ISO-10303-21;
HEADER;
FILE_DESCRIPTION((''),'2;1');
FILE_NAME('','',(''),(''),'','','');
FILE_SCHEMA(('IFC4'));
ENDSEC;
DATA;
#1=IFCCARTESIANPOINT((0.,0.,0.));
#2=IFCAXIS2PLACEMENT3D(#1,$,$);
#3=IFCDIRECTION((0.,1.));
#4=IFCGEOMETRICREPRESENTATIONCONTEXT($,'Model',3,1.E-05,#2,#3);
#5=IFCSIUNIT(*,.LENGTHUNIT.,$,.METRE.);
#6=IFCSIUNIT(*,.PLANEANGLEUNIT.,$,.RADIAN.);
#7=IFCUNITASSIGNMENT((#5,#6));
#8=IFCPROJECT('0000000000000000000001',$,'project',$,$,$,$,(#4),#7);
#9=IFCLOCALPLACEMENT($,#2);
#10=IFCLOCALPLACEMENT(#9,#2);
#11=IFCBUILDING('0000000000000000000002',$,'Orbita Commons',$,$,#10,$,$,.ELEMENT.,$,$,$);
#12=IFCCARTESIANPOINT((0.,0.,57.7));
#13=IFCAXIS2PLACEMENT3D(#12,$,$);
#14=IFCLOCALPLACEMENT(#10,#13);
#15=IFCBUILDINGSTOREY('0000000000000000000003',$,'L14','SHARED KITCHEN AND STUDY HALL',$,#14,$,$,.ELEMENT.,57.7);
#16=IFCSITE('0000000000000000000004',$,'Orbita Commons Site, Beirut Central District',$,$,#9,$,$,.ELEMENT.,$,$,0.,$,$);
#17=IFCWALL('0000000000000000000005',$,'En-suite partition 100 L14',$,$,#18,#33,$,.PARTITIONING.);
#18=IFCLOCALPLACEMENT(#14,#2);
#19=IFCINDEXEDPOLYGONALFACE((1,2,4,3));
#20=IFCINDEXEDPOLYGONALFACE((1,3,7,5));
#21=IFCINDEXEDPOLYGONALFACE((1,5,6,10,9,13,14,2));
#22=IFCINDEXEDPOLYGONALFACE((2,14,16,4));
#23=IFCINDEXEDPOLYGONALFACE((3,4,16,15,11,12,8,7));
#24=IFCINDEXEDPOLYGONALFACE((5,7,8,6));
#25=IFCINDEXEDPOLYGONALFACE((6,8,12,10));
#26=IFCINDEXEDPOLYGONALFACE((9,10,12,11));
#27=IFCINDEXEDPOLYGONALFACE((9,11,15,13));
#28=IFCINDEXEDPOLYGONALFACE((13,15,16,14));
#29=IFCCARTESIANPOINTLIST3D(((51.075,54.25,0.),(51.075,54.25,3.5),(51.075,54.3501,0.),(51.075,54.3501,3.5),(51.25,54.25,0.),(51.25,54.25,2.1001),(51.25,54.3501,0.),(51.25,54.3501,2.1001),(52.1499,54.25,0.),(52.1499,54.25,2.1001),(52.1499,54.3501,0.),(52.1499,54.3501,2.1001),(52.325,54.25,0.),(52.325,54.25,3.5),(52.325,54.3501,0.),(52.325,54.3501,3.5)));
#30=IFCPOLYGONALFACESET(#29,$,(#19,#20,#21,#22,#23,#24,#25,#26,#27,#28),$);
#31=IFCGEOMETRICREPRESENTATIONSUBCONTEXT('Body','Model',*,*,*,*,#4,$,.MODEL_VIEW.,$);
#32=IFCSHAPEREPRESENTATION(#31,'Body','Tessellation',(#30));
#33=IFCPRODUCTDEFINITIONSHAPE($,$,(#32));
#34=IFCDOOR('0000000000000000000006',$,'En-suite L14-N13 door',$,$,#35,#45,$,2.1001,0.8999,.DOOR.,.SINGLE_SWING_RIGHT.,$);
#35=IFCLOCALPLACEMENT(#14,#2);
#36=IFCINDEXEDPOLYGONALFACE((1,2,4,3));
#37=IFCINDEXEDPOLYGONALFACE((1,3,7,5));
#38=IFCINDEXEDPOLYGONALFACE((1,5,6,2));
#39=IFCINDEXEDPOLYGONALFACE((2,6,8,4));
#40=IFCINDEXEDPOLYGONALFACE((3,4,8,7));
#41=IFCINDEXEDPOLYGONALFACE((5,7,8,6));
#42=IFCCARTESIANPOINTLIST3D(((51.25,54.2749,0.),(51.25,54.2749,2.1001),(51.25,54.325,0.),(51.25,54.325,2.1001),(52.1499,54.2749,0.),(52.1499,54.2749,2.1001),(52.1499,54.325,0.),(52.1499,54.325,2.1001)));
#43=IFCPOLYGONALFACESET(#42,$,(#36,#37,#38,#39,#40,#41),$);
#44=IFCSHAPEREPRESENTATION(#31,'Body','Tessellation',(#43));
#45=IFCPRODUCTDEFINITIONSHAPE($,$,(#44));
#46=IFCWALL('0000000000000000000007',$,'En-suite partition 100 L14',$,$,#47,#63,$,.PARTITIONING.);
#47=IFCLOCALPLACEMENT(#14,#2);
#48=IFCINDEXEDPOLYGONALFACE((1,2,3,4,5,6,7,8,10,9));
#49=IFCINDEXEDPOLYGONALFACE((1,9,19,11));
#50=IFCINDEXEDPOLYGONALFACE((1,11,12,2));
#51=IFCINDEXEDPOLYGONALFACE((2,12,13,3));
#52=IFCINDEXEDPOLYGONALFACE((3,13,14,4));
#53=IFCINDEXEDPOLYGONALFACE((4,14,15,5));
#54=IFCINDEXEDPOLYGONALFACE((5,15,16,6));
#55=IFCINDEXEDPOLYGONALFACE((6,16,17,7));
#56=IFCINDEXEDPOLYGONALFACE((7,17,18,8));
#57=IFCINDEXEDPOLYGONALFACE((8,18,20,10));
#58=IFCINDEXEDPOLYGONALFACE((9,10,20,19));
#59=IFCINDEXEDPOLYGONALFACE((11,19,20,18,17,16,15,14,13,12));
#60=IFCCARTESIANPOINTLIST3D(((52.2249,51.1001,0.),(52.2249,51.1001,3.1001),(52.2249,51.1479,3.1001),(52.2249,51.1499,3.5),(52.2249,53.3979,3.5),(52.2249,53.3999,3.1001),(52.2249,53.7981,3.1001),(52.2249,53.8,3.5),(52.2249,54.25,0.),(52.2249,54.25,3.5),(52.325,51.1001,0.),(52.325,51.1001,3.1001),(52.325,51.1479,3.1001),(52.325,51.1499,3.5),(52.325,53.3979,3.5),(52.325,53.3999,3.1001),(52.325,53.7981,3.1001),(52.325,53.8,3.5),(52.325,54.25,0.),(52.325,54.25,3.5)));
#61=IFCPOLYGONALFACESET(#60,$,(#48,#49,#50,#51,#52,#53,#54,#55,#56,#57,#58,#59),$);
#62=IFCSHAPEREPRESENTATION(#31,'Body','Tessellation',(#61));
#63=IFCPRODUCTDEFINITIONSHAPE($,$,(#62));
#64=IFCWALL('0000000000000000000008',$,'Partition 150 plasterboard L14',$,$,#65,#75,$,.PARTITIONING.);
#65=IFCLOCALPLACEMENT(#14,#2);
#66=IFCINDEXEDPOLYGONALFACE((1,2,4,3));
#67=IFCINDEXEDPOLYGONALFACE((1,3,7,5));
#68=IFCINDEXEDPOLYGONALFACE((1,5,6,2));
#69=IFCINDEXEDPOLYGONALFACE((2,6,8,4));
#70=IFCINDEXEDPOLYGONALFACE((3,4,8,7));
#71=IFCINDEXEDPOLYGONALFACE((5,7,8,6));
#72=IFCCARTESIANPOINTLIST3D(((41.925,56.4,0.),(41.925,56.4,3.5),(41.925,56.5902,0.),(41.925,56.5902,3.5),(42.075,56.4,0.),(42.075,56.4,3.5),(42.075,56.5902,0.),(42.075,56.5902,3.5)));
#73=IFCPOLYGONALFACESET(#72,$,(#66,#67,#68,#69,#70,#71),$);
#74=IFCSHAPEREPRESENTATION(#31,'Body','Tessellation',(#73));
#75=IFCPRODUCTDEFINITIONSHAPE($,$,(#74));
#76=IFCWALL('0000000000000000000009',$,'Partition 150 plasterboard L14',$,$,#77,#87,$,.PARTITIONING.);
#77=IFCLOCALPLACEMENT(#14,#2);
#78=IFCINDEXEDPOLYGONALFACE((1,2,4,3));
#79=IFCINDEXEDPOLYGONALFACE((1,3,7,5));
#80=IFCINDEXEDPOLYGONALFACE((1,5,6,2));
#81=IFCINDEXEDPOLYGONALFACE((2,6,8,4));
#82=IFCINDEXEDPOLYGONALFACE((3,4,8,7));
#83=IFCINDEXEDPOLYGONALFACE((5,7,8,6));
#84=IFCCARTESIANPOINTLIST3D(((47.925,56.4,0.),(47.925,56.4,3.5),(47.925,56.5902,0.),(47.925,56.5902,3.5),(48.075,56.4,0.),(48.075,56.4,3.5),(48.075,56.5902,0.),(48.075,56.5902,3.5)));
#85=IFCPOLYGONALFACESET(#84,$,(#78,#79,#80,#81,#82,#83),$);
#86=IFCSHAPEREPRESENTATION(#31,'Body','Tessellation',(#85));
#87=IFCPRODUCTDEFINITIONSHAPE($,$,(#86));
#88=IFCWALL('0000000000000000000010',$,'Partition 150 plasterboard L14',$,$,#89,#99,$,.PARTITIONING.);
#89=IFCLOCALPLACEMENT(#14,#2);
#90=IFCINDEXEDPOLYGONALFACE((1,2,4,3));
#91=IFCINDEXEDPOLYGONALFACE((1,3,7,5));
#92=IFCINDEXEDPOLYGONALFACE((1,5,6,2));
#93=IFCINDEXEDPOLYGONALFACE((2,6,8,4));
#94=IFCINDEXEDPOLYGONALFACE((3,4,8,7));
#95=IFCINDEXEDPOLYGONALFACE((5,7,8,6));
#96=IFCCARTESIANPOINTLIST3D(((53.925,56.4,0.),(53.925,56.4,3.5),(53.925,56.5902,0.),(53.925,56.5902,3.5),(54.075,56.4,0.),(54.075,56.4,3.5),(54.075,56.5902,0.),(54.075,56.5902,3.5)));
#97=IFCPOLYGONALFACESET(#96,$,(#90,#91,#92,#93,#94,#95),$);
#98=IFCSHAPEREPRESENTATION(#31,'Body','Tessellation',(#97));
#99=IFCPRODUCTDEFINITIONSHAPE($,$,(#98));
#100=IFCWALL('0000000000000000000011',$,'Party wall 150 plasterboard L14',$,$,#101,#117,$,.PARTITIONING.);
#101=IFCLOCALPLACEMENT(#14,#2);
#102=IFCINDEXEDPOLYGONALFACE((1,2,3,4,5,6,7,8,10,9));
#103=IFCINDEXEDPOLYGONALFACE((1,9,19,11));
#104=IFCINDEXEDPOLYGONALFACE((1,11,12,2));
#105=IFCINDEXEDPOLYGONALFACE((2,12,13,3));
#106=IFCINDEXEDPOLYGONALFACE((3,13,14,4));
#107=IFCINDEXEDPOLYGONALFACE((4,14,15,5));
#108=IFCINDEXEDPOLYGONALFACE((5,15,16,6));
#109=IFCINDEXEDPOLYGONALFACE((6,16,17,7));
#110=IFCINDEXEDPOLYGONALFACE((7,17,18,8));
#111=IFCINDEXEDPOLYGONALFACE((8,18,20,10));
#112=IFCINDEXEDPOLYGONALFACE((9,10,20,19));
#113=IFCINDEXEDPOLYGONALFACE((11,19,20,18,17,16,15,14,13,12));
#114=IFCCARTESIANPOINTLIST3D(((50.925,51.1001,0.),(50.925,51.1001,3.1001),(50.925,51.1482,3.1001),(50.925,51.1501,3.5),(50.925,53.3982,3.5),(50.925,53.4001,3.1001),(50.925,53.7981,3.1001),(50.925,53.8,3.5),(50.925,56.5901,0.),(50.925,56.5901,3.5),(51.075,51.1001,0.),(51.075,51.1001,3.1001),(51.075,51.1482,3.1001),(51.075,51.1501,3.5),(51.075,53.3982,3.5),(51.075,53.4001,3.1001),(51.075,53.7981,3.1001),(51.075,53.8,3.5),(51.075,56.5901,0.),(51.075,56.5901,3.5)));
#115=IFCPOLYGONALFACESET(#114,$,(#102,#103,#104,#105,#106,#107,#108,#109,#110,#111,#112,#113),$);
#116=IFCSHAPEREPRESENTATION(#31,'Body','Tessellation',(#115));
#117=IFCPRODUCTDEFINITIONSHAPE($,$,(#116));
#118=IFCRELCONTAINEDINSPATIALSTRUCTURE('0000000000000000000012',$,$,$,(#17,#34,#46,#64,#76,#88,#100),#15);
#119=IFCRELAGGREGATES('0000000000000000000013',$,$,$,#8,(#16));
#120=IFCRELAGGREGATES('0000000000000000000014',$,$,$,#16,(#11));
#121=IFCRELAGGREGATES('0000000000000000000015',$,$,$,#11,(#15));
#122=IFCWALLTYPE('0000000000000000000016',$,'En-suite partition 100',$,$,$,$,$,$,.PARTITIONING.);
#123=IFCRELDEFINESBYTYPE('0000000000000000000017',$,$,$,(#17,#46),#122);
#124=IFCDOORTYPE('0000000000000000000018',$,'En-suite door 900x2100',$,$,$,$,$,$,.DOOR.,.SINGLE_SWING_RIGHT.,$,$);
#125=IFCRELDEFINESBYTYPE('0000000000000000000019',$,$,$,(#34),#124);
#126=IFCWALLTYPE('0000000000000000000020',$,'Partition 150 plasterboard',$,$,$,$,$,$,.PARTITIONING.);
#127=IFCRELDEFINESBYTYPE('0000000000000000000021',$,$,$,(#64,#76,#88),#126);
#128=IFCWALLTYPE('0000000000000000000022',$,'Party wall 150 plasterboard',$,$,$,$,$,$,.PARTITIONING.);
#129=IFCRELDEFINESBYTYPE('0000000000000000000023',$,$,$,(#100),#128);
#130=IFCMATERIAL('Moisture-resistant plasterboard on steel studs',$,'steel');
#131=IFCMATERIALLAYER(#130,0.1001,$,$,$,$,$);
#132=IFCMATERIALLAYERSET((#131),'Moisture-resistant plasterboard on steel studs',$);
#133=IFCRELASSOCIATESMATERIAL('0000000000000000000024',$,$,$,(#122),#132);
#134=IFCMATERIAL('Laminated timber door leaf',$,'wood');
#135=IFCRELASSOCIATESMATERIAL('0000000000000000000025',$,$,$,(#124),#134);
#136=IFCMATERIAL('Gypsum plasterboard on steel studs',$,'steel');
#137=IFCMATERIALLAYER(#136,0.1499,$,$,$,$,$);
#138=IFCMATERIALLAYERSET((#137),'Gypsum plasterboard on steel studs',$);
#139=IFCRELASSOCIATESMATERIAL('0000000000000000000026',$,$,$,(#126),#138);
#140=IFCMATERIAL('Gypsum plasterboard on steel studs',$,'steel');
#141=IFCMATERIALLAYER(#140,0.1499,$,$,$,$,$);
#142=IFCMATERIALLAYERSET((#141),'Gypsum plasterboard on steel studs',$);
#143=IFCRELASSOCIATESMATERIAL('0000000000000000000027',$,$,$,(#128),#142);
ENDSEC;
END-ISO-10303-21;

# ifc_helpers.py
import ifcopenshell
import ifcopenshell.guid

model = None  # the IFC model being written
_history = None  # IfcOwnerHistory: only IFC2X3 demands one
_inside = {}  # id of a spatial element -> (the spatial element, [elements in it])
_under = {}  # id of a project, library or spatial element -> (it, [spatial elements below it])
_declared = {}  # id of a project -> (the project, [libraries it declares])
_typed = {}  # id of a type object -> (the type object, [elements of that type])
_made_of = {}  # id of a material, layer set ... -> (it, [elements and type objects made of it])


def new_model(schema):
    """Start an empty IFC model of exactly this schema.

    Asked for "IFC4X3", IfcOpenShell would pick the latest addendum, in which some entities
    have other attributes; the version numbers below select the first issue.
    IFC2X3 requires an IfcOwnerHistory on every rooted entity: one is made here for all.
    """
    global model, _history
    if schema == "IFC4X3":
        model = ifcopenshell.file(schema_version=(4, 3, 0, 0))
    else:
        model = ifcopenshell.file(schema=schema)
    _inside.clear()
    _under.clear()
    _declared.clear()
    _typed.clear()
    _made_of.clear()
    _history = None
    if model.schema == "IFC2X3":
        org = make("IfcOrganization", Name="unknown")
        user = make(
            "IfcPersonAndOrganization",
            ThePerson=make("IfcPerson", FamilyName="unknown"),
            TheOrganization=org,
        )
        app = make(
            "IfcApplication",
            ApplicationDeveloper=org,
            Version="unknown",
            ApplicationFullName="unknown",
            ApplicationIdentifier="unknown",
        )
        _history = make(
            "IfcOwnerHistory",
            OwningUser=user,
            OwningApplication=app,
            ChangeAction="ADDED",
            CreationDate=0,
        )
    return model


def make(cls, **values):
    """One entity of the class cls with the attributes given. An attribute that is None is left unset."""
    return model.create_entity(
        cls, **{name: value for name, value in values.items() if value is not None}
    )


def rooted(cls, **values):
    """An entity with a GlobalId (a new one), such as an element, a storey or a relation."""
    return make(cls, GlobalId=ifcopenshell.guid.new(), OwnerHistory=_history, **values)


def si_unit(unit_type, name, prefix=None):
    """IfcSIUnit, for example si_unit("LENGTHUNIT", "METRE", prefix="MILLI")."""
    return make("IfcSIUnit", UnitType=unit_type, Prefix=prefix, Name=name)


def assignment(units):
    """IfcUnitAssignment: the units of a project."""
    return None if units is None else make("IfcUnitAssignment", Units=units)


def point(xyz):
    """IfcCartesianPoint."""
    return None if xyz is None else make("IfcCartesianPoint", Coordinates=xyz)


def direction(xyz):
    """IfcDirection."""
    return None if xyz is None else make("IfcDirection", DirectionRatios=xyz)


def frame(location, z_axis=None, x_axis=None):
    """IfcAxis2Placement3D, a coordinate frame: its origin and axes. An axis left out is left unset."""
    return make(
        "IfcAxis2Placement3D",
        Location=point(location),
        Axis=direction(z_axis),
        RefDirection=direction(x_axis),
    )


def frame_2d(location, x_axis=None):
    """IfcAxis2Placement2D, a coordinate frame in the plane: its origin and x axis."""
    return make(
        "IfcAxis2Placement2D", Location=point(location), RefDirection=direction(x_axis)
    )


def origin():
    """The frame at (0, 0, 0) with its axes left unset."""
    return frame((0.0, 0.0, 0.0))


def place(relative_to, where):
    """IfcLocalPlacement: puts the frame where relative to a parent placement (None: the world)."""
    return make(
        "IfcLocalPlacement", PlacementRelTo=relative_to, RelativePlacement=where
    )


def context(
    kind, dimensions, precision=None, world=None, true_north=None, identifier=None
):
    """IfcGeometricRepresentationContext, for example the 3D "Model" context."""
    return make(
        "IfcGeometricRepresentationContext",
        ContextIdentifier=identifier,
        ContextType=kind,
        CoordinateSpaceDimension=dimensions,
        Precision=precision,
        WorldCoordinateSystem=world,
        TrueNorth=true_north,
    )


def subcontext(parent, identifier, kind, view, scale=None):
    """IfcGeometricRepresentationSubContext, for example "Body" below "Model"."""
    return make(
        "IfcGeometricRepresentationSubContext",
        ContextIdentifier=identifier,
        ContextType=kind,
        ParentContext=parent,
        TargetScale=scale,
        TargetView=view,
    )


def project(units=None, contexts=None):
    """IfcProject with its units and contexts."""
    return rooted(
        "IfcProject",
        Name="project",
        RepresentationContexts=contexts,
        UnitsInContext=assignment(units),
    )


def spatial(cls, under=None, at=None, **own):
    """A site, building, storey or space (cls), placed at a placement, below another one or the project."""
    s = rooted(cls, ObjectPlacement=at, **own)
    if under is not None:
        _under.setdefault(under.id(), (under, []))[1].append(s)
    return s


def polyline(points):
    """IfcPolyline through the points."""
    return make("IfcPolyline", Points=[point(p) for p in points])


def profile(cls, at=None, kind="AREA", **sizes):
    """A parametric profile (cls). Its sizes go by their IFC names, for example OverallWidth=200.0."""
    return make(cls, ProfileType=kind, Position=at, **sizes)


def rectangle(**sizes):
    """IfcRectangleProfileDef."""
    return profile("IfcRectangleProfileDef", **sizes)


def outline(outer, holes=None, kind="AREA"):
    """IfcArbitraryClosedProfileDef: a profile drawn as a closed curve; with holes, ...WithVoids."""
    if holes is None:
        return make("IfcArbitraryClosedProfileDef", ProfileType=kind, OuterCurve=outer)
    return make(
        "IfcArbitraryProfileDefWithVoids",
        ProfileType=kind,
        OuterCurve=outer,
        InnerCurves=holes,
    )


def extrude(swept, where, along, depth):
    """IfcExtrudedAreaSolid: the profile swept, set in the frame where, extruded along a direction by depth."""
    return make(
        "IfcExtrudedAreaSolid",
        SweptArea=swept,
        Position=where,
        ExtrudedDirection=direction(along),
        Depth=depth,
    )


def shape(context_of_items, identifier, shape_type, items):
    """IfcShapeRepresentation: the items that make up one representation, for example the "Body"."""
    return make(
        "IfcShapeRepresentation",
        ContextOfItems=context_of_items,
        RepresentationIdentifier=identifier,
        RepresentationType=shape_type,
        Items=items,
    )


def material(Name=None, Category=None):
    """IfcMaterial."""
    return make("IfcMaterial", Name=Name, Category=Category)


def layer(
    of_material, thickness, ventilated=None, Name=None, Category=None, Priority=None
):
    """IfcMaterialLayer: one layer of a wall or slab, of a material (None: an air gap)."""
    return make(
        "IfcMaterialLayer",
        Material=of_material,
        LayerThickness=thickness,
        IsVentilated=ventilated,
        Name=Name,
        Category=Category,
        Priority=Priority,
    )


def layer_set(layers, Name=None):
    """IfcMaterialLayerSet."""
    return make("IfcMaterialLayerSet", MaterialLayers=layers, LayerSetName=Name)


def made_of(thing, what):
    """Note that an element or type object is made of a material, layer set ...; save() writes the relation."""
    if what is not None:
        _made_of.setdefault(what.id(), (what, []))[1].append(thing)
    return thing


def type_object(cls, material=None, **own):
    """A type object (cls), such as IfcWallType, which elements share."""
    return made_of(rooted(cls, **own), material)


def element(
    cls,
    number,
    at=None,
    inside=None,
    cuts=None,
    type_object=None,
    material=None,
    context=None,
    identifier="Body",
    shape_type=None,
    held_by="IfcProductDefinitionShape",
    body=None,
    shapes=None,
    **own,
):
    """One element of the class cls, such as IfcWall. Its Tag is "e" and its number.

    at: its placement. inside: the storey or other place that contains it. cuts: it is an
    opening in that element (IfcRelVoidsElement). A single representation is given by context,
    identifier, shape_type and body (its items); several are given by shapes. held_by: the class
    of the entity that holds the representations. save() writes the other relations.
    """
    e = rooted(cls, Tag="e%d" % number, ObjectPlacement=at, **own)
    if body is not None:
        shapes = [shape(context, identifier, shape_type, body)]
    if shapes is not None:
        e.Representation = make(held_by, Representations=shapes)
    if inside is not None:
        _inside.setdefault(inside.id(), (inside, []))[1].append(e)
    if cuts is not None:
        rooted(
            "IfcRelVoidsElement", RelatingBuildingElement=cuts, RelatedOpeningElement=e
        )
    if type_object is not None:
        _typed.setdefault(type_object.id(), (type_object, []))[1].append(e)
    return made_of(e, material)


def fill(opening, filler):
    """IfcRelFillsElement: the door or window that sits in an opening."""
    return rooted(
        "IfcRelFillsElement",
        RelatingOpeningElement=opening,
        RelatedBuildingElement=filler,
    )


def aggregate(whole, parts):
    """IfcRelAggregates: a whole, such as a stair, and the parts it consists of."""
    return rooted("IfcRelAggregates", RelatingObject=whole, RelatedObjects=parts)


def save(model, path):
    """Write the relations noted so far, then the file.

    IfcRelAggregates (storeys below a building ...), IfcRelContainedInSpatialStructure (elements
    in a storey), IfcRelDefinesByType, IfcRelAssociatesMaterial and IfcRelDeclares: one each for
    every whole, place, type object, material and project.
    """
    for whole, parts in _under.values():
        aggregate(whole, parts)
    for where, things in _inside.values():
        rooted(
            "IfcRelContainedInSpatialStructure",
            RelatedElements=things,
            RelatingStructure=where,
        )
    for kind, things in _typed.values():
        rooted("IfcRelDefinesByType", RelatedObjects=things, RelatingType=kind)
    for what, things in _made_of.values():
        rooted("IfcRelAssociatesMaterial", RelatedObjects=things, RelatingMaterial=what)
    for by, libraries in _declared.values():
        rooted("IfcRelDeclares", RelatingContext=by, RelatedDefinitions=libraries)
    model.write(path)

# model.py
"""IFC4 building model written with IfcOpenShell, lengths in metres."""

from ifc_helpers import new_model, si_unit, direction, frame, frame_2d, origin, place, context, subcontext, project, spatial, polyline, rectangle, outline, extrude, material, layer, layer_set, type_object, element, fill, save


model = new_model("IFC4")

# Units and contexts
model_context = context("Model", 3, precision=1e-05, world=origin(), true_north=direction((0.0, 1.0)))
body_context = subcontext(model_context, "Body", "Model", "MODEL_VIEW")
ifc_project = project(units=[si_unit("LENGTHUNIT", "METRE"), si_unit("PLANEANGLEUNIT", "RADIAN")], contexts=[model_context])

# Site, building, storey
site_placement = place(None, origin())
site = spatial("IfcSite", under=ifc_project, at=site_placement, Name="Orbita Commons Site, Beirut Central District", CompositionType="ELEMENT", RefElevation=0.0)
building_placement = place(site_placement, origin())
building = spatial("IfcBuilding", under=site, at=building_placement, Name="Orbita Commons", CompositionType="ELEMENT")
storey_placement = place(building_placement, frame((0.0, 0.0, 57.7)))
storey = spatial("IfcBuildingStorey", under=building, at=storey_placement, Name="L14", Description="SHARED KITCHEN AND STUDY HALL", CompositionType="ELEMENT", Elevation=57.7)

# Wall, opening, door
ifc_material_1 = material(Name="Moisture-resistant plasterboard on steel studs", Category="steel")
ifc_layer_1 = layer(ifc_material_1, 0.1001)
ifc_layer_set_1 = layer_set([ifc_layer_1], Name="Moisture-resistant plasterboard on steel studs")
wall_type_1 = type_object("IfcWallType", Name="En-suite partition 100", PredefinedType="PARTITIONING", material=ifc_layer_set_1)
ifc_material_2 = material(Name="Laminated timber door leaf", Category="wood")
door_type = type_object("IfcDoorType", Name="En-suite door 900x2100", OperationType="SINGLE_SWING_RIGHT", PredefinedType="DOOR", material=ifc_material_2)
wall_1_placement = place(storey_placement, frame((51.075, 54.3, 0.0), z_axis=(0.0, 0.0, 1.0), x_axis=(1.0, 0.0, 0.0)))
wall_1 = element("IfcWall", 1, at=wall_1_placement, inside=storey, type_object=wall_type_1, Name="En-suite partition 100 L14", PredefinedType="PARTITIONING", context=body_context, shape_type="SweptSolid", body=[
    extrude(rectangle(XDim=1.25, YDim=0.1001, at=frame_2d((0.625, 0.0))), origin(), (0.0, 0.0, 1.0), 3.5),
])
opening_1_placement = place(wall_1_placement, frame((0.175, 0.0, 0.0)))
opening_1 = element("IfcOpeningElement", 2, at=opening_1_placement, cuts=wall_1, PredefinedType="OPENING", context=body_context, shape_type="SweptSolid", body=[
    extrude(rectangle(XDim=0.8999, YDim=2.1001, at=frame_2d((0.45, 1.05))), frame((0.0, 0.0601, 0.0), z_axis=(0.0, -1.0, 0.0), x_axis=(1.0, 0.0, 0.0)), (0.0, 0.0, 1.0), 0.1201),
])
door_1_placement = place(opening_1_placement, origin())
door_1 = element("IfcDoor", 3, at=door_1_placement, inside=storey, type_object=door_type, Name="En-suite L14-N13 door", OperationType="SINGLE_SWING_RIGHT", OverallHeight=2.1001, OverallWidth=0.8999, PredefinedType="DOOR", context=body_context, shape_type="SweptSolid", body=[
    extrude(rectangle(XDim=0.8999, YDim=2.1001, at=frame_2d((0.45, 1.05))), frame((0.0, 0.0249, 0.0), z_axis=(0.0, -1.0, 0.0), x_axis=(1.0, 0.0, 0.0)), (0.0, 0.0, 1.0), 0.05),
])
fill(opening_1, door_1)

# Walls
wall_2_placement = place(storey_placement, frame((52.2749, 54.25, 0.0), z_axis=(0.0, 0.0, 1.0), x_axis=(0.0, -1.0, 0.0)))
element("IfcWall", 4, at=wall_2_placement, inside=storey, type_object=wall_type_1, Name="En-suite partition 100 L14", PredefinedType="PARTITIONING", context=body_context, shape_type="SweptSolid", body=[
    extrude(outline(polyline([(0.0, 0.0), (3.1499, 0.0), (3.1499, 3.1001), (3.1021, 3.1001), (3.1001, 3.5), (0.8521, 3.5), (0.8501, 3.1001), (0.4519, 3.1001), (0.45, 3.5), (0.0, 3.5), (0.0, 0.0)])), frame((0.0, 0.05, 0.0), z_axis=(0.0, -1.0, 0.0), x_axis=(1.0, 0.0, 0.0)), (0.0, 0.0, 1.0), 0.1001),
])
ifc_material_3 = material(Name="Gypsum plasterboard on steel studs", Category="steel")
ifc_layer_2 = layer(ifc_material_3, 0.1499)
ifc_layer_set_2 = layer_set([ifc_layer_2], Name="Gypsum plasterboard on steel studs")
wall_type_2 = type_object("IfcWallType", Name="Partition 150 plasterboard", PredefinedType="PARTITIONING", material=ifc_layer_set_2)
for number, where, z_axis, x_axis, name in (
    (5, (42.0, 56.3999, 0.0), (0.0, 0.0, 1.0), (0.0, 1.0, 0.0), "Partition 150 plasterboard L14"),
    (6, (48.0, 56.3999, 0.0), (0.0, 0.0, 1.0), (0.0, 1.0, 0.0), "Partition 150 plasterboard L14"),
    (7, (54.0, 56.3999, 0.0), (0.0, 0.0, 1.0), (0.0, 1.0, 0.0), "Partition 150 plasterboard L14"),
):
    element("IfcWall", number, at=place(storey_placement, frame(where, z_axis=z_axis, x_axis=x_axis)), inside=storey, type_object=wall_type_2, Name=name, PredefinedType="PARTITIONING", context=body_context, shape_type="SweptSolid", body=[
        extrude(rectangle(XDim=0.1902, YDim=0.1499, at=frame_2d((0.0952, 0.0))), origin(), (0.0, 0.0, 1.0), 3.5),
    ])
ifc_material_4 = material(Name="Gypsum plasterboard on steel studs", Category="steel")
ifc_layer_3 = layer(ifc_material_4, 0.1499)
ifc_layer_set_3 = layer_set([ifc_layer_3], Name="Gypsum plasterboard on steel studs")
wall_type_3 = type_object("IfcWallType", Name="Party wall 150 plasterboard", PredefinedType="PARTITIONING", material=ifc_layer_set_3)
wall_3_placement = place(storey_placement, frame((51.0, 56.5901, 0.0), z_axis=(0.0, 0.0, 1.0), x_axis=(0.0, -1.0, 0.0)))
element("IfcWall", 8, at=wall_3_placement, inside=storey, type_object=wall_type_3, Name="Party wall 150 plasterboard L14", PredefinedType="PARTITIONING", context=body_context, shape_type="SweptSolid", body=[
    extrude(outline(polyline([(0.0, 0.0), (5.49, 0.0), (5.49, 3.1001), (5.4419, 3.1001), (5.4399, 3.5), (3.1919, 3.5), (3.1899, 3.1001), (2.792, 3.1001), (2.79, 3.5), (0.0, 3.5), (0.0, 0.0)])), frame((0.0, 0.075, 0.0), z_axis=(0.0, -1.0, 0.0), x_axis=(1.0, 0.0, 0.0)), (0.0, 0.0, 1.0), 0.1499),
])

save(model, "model.ifc")
